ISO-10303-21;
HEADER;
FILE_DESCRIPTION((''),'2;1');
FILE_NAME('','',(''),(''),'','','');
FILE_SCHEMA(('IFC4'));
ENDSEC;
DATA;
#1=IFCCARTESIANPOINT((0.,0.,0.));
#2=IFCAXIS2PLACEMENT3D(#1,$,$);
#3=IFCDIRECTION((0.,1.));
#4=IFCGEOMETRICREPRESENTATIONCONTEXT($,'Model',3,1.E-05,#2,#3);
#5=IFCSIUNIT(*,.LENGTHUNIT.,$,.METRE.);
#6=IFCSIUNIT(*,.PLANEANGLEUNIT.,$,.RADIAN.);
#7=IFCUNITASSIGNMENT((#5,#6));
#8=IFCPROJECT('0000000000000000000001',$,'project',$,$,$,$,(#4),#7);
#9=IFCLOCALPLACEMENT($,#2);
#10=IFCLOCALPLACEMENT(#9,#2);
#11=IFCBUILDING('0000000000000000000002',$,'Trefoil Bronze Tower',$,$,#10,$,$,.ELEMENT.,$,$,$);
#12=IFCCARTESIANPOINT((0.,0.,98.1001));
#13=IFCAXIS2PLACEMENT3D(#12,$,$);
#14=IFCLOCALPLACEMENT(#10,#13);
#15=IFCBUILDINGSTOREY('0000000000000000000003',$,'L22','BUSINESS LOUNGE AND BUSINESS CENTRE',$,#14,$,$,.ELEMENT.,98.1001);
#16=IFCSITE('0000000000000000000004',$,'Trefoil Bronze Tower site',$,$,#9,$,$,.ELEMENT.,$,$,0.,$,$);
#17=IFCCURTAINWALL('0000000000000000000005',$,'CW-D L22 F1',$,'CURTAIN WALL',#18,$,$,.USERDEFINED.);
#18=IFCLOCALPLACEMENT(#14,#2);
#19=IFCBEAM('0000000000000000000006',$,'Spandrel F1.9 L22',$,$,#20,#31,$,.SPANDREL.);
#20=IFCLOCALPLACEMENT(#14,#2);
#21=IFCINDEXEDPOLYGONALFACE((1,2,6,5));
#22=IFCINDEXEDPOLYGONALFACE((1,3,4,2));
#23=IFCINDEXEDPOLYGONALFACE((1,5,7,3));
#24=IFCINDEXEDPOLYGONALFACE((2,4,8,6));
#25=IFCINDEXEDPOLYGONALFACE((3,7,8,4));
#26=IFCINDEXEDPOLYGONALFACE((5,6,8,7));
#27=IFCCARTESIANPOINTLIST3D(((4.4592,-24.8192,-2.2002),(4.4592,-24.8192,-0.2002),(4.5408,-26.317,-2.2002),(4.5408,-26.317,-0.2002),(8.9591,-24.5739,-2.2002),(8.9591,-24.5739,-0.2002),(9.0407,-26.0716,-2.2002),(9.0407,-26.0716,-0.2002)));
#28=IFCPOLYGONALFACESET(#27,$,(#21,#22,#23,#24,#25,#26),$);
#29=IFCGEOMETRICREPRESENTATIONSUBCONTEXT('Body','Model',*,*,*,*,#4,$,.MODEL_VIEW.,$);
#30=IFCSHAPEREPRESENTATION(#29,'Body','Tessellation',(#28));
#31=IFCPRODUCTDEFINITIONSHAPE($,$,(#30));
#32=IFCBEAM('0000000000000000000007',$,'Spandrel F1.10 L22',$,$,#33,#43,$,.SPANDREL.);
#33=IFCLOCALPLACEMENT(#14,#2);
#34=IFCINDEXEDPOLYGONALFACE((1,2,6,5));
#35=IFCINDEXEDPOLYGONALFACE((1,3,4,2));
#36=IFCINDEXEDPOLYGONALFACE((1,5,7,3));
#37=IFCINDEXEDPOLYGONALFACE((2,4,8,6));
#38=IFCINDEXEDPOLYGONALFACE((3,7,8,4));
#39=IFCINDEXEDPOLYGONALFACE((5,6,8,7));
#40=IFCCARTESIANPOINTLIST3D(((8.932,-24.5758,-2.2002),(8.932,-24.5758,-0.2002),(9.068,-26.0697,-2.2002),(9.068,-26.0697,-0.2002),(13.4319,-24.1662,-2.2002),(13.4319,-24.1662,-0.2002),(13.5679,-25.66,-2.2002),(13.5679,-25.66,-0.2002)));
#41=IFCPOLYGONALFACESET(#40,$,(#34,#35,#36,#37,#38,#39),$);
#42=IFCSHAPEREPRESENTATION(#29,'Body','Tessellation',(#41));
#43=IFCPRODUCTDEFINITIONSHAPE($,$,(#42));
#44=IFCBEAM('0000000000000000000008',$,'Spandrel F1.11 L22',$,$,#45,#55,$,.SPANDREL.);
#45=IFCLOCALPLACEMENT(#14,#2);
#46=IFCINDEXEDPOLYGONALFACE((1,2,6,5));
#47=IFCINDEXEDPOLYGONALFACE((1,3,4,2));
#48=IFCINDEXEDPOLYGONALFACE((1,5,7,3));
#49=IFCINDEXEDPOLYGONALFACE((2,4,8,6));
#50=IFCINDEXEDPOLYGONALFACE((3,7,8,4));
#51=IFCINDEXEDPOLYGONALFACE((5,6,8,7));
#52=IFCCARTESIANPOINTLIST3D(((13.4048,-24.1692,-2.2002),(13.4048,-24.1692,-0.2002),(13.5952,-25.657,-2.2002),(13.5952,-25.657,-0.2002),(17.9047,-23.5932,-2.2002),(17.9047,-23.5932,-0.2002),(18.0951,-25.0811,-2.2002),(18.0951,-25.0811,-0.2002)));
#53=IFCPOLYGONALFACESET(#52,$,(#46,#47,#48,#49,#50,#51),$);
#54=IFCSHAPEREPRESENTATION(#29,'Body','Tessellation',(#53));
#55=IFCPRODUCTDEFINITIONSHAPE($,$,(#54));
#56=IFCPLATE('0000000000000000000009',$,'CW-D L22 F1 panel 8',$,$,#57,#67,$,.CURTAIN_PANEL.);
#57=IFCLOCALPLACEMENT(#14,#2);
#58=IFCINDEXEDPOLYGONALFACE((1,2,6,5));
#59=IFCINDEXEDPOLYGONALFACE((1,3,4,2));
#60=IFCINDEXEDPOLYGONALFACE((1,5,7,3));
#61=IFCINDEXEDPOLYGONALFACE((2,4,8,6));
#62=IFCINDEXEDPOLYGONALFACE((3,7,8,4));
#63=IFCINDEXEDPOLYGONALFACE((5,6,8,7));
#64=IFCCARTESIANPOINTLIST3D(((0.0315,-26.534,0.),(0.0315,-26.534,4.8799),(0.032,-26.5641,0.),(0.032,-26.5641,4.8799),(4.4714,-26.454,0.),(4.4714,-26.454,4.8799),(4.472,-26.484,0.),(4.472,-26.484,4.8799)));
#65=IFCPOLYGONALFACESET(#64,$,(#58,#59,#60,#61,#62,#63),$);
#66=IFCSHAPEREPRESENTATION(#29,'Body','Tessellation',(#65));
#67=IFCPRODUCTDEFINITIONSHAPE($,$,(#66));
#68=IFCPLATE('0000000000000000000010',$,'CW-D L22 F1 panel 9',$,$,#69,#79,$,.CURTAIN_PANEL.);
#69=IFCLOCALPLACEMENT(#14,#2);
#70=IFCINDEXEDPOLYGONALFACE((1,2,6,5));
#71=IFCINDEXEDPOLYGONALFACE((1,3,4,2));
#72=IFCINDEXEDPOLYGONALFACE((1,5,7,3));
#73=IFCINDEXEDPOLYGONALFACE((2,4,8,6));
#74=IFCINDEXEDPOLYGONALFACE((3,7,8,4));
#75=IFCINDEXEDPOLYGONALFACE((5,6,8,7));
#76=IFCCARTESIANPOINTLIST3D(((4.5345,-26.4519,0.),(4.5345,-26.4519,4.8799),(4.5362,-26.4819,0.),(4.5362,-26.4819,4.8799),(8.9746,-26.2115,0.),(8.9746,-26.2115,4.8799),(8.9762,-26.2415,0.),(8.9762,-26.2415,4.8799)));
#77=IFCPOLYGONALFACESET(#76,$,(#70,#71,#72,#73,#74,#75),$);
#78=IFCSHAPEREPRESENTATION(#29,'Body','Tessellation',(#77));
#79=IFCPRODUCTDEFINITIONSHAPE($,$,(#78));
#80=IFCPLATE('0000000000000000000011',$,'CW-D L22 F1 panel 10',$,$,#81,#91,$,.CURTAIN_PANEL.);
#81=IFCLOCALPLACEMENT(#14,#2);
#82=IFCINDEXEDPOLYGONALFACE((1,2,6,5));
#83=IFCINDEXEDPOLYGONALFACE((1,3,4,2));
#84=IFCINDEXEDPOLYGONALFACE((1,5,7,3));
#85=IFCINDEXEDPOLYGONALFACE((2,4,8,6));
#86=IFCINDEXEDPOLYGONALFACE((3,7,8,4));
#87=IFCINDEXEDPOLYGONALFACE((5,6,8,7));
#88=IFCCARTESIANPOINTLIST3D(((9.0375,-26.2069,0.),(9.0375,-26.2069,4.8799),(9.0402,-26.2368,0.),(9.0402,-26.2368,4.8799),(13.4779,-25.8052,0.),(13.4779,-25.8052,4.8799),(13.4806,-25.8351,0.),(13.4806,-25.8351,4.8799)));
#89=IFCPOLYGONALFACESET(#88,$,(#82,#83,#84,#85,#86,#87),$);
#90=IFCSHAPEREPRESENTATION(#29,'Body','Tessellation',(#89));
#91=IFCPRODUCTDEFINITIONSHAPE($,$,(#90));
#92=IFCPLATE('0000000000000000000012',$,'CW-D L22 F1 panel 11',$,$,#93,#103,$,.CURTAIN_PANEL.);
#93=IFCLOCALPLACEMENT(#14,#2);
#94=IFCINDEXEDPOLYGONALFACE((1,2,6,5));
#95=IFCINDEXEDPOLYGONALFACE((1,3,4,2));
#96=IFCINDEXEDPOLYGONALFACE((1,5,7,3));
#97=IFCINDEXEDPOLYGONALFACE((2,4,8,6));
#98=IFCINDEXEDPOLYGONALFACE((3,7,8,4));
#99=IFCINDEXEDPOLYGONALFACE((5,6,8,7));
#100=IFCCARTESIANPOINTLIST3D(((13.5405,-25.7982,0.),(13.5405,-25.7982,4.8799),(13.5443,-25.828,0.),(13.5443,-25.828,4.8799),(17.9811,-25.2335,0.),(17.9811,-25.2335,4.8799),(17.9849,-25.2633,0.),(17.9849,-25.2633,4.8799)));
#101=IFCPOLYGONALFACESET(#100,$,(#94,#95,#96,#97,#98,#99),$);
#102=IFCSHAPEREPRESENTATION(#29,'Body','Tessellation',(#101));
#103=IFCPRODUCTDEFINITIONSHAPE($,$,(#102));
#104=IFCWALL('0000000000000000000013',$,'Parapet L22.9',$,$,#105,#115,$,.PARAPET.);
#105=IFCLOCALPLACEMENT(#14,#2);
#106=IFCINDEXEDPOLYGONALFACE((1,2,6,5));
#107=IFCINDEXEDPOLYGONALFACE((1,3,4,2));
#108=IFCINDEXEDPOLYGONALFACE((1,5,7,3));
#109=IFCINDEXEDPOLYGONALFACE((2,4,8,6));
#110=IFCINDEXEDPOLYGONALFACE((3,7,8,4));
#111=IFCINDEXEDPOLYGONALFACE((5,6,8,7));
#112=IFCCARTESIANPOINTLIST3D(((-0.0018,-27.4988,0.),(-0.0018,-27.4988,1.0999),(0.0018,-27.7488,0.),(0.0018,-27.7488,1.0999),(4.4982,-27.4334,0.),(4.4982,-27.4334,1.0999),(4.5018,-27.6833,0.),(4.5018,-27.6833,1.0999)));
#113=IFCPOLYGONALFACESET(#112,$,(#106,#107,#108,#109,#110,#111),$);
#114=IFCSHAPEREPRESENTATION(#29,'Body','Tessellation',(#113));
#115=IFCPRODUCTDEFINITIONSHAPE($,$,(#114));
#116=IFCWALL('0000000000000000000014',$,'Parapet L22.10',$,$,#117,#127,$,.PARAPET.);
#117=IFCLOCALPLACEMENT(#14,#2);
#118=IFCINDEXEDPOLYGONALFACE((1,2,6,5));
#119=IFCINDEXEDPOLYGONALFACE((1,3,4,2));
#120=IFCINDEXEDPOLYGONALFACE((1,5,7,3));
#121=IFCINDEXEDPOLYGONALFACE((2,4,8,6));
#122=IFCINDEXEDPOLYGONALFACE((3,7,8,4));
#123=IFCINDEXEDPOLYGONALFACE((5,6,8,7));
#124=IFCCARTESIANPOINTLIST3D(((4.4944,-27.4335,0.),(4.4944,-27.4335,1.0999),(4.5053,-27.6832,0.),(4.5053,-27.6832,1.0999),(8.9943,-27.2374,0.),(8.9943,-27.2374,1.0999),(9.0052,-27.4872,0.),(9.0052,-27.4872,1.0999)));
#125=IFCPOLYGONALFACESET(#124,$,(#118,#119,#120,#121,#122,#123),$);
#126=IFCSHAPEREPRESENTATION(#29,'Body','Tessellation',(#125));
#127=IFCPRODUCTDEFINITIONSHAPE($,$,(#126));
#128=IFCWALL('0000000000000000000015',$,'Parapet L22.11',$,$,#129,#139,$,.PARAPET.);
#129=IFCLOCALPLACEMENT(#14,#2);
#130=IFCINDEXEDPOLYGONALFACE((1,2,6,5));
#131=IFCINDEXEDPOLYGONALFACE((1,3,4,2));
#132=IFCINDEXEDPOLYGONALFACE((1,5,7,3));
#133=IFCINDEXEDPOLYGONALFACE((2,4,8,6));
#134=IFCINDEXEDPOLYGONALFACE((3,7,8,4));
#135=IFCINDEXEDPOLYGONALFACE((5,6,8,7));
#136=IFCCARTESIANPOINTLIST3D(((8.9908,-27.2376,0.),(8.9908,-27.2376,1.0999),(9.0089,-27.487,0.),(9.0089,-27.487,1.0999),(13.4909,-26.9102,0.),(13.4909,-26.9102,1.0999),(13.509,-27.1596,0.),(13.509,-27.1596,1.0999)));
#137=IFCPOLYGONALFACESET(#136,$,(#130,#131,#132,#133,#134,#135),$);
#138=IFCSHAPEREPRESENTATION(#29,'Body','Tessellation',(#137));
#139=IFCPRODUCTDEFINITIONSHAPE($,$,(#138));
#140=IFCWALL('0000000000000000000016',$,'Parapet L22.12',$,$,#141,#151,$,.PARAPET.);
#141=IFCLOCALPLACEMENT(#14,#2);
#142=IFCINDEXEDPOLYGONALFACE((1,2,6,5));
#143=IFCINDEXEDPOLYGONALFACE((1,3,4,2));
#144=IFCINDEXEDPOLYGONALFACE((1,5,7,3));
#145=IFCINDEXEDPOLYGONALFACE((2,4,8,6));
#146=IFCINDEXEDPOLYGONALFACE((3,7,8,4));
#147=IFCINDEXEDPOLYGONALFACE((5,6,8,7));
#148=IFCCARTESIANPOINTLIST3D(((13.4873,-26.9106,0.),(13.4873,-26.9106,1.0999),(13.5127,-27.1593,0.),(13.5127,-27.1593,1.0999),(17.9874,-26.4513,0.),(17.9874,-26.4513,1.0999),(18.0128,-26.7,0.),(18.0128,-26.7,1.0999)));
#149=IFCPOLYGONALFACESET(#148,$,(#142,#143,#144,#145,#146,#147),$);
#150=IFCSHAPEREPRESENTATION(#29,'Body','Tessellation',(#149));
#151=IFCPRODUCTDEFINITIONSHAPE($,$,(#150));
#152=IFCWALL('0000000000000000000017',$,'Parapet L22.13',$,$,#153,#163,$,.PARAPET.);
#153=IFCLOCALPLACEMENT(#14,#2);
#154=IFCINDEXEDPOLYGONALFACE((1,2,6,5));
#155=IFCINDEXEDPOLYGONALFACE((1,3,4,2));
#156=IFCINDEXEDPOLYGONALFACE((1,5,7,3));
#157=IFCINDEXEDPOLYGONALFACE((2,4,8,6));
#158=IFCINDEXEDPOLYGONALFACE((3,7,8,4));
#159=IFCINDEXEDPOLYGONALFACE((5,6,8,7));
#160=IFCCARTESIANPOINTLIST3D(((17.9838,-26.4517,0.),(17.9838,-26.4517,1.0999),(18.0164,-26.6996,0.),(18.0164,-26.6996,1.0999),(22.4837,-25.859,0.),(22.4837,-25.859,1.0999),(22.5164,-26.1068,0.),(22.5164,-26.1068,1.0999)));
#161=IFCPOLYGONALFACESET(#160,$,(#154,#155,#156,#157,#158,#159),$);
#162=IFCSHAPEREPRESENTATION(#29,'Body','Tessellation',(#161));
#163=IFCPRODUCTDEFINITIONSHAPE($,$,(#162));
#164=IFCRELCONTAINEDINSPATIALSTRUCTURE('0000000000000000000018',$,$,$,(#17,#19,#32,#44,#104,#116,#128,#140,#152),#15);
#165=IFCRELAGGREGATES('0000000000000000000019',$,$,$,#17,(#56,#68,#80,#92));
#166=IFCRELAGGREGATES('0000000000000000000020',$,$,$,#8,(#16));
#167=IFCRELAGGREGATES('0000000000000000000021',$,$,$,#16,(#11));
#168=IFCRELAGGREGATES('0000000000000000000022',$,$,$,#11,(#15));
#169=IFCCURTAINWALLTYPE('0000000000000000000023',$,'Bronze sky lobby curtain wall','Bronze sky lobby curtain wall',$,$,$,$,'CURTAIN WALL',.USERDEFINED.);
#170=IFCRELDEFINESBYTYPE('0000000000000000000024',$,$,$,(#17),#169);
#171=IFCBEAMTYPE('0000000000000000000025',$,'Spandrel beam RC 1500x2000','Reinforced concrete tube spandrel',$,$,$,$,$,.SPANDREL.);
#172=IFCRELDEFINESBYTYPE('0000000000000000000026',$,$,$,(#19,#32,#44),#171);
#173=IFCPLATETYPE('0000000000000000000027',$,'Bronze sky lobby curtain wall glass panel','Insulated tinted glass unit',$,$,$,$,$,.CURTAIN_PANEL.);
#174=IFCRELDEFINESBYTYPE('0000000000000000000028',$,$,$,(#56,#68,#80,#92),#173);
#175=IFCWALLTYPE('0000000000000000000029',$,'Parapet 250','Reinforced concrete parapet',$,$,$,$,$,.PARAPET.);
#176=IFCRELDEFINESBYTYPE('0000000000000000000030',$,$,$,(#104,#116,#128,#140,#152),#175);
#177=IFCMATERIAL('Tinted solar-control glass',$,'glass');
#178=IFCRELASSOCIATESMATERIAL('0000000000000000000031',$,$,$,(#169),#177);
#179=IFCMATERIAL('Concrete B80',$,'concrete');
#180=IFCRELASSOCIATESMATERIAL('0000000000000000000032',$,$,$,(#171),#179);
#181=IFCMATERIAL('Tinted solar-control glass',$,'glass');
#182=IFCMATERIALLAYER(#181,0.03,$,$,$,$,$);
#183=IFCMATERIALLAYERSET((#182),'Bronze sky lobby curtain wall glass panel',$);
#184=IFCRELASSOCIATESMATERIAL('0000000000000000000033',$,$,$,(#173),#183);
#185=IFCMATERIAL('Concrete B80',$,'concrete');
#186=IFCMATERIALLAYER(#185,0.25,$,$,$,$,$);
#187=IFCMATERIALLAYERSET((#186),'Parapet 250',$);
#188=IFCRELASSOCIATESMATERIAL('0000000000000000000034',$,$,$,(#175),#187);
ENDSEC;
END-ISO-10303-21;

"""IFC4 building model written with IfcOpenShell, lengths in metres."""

from ifc_helpers import new_model, si_unit, direction, frame, frame_2d, origin, origin_2d, place, context, subcontext, project, spatial, rectangle, extrude, material, layer, layer_set, material_profile, profile_set, type_object, element, aggregate, save


model = new_model("IFC4")

# Units and contexts
model_context = context("Model", 3, precision=1e-05, world=origin(), true_north=direction((0.0, 1.0)))
body_context = subcontext(model_context, "Body", "Model", "MODEL_VIEW")
ifc_project = project(units=[si_unit("LENGTHUNIT", "METRE"), si_unit("PLANEANGLEUNIT", "RADIAN")], contexts=[model_context])

# Site, building, storey
site_placement = place(None, origin())
site = spatial("IfcSite", under=ifc_project, at=site_placement, Name="Trefoil Bronze Tower site", CompositionType="ELEMENT", RefElevation=0.0)
building_placement = place(site_placement, origin())
building = spatial("IfcBuilding", under=site, at=building_placement, Name="Trefoil Bronze Tower", CompositionType="ELEMENT")
storey_placement = place(building_placement, frame((0.0, 0.0, 98.1001)))
storey = spatial("IfcBuildingStorey", under=building, at=storey_placement, Name="L22", Description="BUSINESS LOUNGE AND BUSINESS CENTRE", CompositionType="ELEMENT", Elevation=98.1001)

# Curtain wall
ifc_material_1 = material(Name="Tinted solar-control glass", Category="glass")
curtain_wall_type = type_object("IfcCurtainWallType", Name="Bronze sky lobby curtain wall", Description="Bronze sky lobby curtain wall", ElementType="CURTAIN WALL", PredefinedType="USERDEFINED", material=ifc_material_1)
curtain_wall_placement = place(storey_placement, origin())
curtain_wall = element("IfcCurtainWall", 1, at=curtain_wall_placement, inside=storey, type_object=curtain_wall_type, Name="CW-D L22 F1", ObjectType="CURTAIN WALL", PredefinedType="USERDEFINED")

# Beams
ifc_material_2 = material(Name="Concrete B80", Category="concrete")
ifc_material_profile_1 = material_profile(ifc_material_2, rectangle(XDim=1.5, YDim=2.0, at=origin_2d()), Name="RC 1500x2000")
ifc_profile_set_1 = profile_set([ifc_material_profile_1], Name="Concrete B80")
beam_type_1 = type_object("IfcBeamType", Name="Spandrel beam RC 1500x2000", Description="Reinforced concrete tube spandrel", PredefinedType="SPANDREL", material=ifc_profile_set_1)
beam_1_placement = place(storey_placement, frame((4.5, -25.5681, -1.2002), z_axis=(0.998517, 0.054444, 0.0), x_axis=(-0.054444, 0.998517, 0.0)))
element("IfcBeam", 2, at=beam_1_placement, inside=storey, type_object=beam_type_1, Name="Spandrel F1.9 L22", PredefinedType="SPANDREL", context=body_context, shape_type="SweptSolid", body=[
    extrude(rectangle(XDim=1.5, YDim=2.0, at=origin_2d()), origin(), (0.0, 0.0, 1.0), 4.5066),
])
beam_2_placement = place(storey_placement, frame((9.0, -25.3228, -1.2002), z_axis=(0.995882, 0.090662, 0.0), x_axis=(-0.090662, 0.995882, 0.0)))
element("IfcBeam", 3, at=beam_2_placement, inside=storey, type_object=beam_type_1, Name="Spandrel F1.10 L22", PredefinedType="SPANDREL", context=body_context, shape_type="SweptSolid", body=[
    extrude(rectangle(XDim=1.5, YDim=2.0, at=origin_2d()), origin(), (0.0, 0.0, 1.0), 4.5186),
])
beam_3_placement = place(storey_placement, frame((13.5, -24.9131, -1.2002), z_axis=(0.991909, 0.126948, 0.0), x_axis=(-0.126948, 0.991909, 0.0)))
element("IfcBeam", 4, at=beam_3_placement, inside=storey, type_object=beam_type_1, Name="Spandrel F1.11 L22", PredefinedType="SPANDREL", context=body_context, shape_type="SweptSolid", body=[
    extrude(rectangle(XDim=1.5, YDim=2.0, at=origin_2d()), origin(), (0.0, 0.0, 1.0), 4.5366),
])

# Plates
ifc_material_3 = material(Name="Tinted solar-control glass", Category="glass")
ifc_layer_1 = layer(ifc_material_3, 0.03)
ifc_layer_set_1 = layer_set([ifc_layer_1], Name="Bronze sky lobby curtain wall glass panel")
plate_type = type_object("IfcPlateType", Name="Bronze sky lobby curtain wall glass panel", Description="Insulated tinted glass unit", PredefinedType="CURTAIN_PANEL", material=ifc_layer_set_1)
plate_1_placement = place(storey_placement, frame((2.2517, -26.509, 0.0), z_axis=(0.0, 0.0, 1.0), x_axis=(0.999838, 0.018021, 0.0)))
plate_1 = element("IfcPlate", 5, at=plate_1_placement, type_object=plate_type, Name="CW-D L22 F1 panel 8", PredefinedType="CURTAIN_PANEL", context=body_context, shape_type="SweptSolid", body=[
    extrude(rectangle(XDim=4.4407, YDim=0.03, at=origin_2d()), origin(), (0.0, 0.0, 1.0), 4.8799),
])
plate_2_placement = place(storey_placement, frame((6.7554, -26.3467, 0.0), z_axis=(0.0, 0.0, 1.0), x_axis=(0.998538, 0.054063, 0.0)))
plate_2 = element("IfcPlate", 6, at=plate_2_placement, type_object=plate_type, Name="CW-D L22 F1 panel 9", PredefinedType="CURTAIN_PANEL", context=body_context, shape_type="SweptSolid", body=[
    extrude(rectangle(XDim=4.4465, YDim=0.03, at=origin_2d()), origin(), (0.0, 0.0, 1.0), 4.8799),
])
plate_3_placement = place(storey_placement, frame((11.259, -26.021, 0.0), z_axis=(0.0, 0.0, 1.0), x_axis=(0.995932, 0.090105, 0.0)))
plate_3 = element("IfcPlate", 7, at=plate_3_placement, type_object=plate_type, Name="CW-D L22 F1 panel 10", PredefinedType="CURTAIN_PANEL", context=body_context, shape_type="SweptSolid", body=[
    extrude(rectangle(XDim=4.4585, YDim=0.03, at=origin_2d()), origin(), (0.0, 0.0, 1.0), 4.8799),
])
plate_4_placement = place(storey_placement, frame((15.7627, -25.5308, 0.0), z_axis=(0.0, 0.0, 1.0), x_axis=(0.992012, 0.126147, 0.0)))
plate_4 = element("IfcPlate", 8, at=plate_4_placement, type_object=plate_type, Name="CW-D L22 F1 panel 11", PredefinedType="CURTAIN_PANEL", context=body_context, shape_type="SweptSolid", body=[
    extrude(rectangle(XDim=4.4763, YDim=0.03, at=origin_2d()), origin(), (0.0, 0.0, 1.0), 4.8799),
])
aggregate(curtain_wall, [plate_1, plate_2, plate_3, plate_4])

# Walls
ifc_material_4 = material(Name="Concrete B80", Category="concrete")
ifc_layer_2 = layer(ifc_material_4, 0.25)
ifc_layer_set_2 = layer_set([ifc_layer_2], Name="Parapet 250")
wall_type = type_object("IfcWallType", Name="Parapet 250", Description="Reinforced concrete parapet", PredefinedType="PARAPET", material=ifc_layer_set_2)
wall_1_placement = place(storey_placement, frame((0.0, -27.6238, 0.0), z_axis=(0.0, 0.0, 1.0), x_axis=(0.999894, 0.014538, 0.0)))
element("IfcWall", 9, at=wall_1_placement, inside=storey, type_object=wall_type, Name="Parapet L22.9", PredefinedType="PARAPET", context=body_context, shape_type="SweptSolid", body=[
    extrude(rectangle(XDim=4.5005, YDim=0.25, at=frame_2d((2.2502, 0.0))), origin(), (0.0, 0.0, 1.0), 1.0999),
])
wall_2_placement = place(storey_placement, frame((4.5, -27.5583, 0.0), z_axis=(0.0, 0.0, 1.0), x_axis=(0.999052, 0.043524, 0.0)))
element("IfcWall", 10, at=wall_2_placement, inside=storey, type_object=wall_type, Name="Parapet L22.10", PredefinedType="PARAPET", context=body_context, shape_type="SweptSolid", body=[
    extrude(rectangle(XDim=4.5042, YDim=0.25, at=frame_2d((2.252, 0.0))), origin(), (0.0, 0.0, 1.0), 1.0999),
])
wall_3_placement = place(storey_placement, frame((9.0, -27.3623, 0.0), z_axis=(0.0, 0.0, 1.0), x_axis=(0.997364, 0.072562, 0.0)))
element("IfcWall", 11, at=wall_3_placement, inside=storey, type_object=wall_type, Name="Parapet L22.11", PredefinedType="PARAPET", context=body_context, shape_type="SweptSolid", body=[
    extrude(rectangle(XDim=4.512, YDim=0.25, at=frame_2d((2.2559, 0.0))), origin(), (0.0, 0.0, 1.0), 1.0999),
])
wall_4_placement = place(storey_placement, frame((13.5, -27.0349, 0.0), z_axis=(0.0, 0.0, 1.0), x_axis=(0.994833, 0.101523, 0.0)))
element("IfcWall", 12, at=wall_4_placement, inside=storey, type_object=wall_type, Name="Parapet L22.12", PredefinedType="PARAPET", context=body_context, shape_type="SweptSolid", body=[
    extrude(rectangle(XDim=4.5234, YDim=0.25, at=frame_2d((2.2617, 0.0))), origin(), (0.0, 0.0, 1.0), 1.0999),
])
wall_5_placement = place(storey_placement, frame((18.0, -26.5757, 0.0), z_axis=(0.0, 0.0, 1.0), x_axis=(0.991435, 0.130599, 0.0)))
element("IfcWall", 13, at=wall_5_placement, inside=storey, type_object=wall_type, Name="Parapet L22.13", PredefinedType="PARAPET", context=body_context, shape_type="SweptSolid", body=[
    extrude(rectangle(XDim=4.5388, YDim=0.25, at=frame_2d((2.2695, 0.0))), origin(), (0.0, 0.0, 1.0), 1.0999),
])

save(model, "model.ifc")
